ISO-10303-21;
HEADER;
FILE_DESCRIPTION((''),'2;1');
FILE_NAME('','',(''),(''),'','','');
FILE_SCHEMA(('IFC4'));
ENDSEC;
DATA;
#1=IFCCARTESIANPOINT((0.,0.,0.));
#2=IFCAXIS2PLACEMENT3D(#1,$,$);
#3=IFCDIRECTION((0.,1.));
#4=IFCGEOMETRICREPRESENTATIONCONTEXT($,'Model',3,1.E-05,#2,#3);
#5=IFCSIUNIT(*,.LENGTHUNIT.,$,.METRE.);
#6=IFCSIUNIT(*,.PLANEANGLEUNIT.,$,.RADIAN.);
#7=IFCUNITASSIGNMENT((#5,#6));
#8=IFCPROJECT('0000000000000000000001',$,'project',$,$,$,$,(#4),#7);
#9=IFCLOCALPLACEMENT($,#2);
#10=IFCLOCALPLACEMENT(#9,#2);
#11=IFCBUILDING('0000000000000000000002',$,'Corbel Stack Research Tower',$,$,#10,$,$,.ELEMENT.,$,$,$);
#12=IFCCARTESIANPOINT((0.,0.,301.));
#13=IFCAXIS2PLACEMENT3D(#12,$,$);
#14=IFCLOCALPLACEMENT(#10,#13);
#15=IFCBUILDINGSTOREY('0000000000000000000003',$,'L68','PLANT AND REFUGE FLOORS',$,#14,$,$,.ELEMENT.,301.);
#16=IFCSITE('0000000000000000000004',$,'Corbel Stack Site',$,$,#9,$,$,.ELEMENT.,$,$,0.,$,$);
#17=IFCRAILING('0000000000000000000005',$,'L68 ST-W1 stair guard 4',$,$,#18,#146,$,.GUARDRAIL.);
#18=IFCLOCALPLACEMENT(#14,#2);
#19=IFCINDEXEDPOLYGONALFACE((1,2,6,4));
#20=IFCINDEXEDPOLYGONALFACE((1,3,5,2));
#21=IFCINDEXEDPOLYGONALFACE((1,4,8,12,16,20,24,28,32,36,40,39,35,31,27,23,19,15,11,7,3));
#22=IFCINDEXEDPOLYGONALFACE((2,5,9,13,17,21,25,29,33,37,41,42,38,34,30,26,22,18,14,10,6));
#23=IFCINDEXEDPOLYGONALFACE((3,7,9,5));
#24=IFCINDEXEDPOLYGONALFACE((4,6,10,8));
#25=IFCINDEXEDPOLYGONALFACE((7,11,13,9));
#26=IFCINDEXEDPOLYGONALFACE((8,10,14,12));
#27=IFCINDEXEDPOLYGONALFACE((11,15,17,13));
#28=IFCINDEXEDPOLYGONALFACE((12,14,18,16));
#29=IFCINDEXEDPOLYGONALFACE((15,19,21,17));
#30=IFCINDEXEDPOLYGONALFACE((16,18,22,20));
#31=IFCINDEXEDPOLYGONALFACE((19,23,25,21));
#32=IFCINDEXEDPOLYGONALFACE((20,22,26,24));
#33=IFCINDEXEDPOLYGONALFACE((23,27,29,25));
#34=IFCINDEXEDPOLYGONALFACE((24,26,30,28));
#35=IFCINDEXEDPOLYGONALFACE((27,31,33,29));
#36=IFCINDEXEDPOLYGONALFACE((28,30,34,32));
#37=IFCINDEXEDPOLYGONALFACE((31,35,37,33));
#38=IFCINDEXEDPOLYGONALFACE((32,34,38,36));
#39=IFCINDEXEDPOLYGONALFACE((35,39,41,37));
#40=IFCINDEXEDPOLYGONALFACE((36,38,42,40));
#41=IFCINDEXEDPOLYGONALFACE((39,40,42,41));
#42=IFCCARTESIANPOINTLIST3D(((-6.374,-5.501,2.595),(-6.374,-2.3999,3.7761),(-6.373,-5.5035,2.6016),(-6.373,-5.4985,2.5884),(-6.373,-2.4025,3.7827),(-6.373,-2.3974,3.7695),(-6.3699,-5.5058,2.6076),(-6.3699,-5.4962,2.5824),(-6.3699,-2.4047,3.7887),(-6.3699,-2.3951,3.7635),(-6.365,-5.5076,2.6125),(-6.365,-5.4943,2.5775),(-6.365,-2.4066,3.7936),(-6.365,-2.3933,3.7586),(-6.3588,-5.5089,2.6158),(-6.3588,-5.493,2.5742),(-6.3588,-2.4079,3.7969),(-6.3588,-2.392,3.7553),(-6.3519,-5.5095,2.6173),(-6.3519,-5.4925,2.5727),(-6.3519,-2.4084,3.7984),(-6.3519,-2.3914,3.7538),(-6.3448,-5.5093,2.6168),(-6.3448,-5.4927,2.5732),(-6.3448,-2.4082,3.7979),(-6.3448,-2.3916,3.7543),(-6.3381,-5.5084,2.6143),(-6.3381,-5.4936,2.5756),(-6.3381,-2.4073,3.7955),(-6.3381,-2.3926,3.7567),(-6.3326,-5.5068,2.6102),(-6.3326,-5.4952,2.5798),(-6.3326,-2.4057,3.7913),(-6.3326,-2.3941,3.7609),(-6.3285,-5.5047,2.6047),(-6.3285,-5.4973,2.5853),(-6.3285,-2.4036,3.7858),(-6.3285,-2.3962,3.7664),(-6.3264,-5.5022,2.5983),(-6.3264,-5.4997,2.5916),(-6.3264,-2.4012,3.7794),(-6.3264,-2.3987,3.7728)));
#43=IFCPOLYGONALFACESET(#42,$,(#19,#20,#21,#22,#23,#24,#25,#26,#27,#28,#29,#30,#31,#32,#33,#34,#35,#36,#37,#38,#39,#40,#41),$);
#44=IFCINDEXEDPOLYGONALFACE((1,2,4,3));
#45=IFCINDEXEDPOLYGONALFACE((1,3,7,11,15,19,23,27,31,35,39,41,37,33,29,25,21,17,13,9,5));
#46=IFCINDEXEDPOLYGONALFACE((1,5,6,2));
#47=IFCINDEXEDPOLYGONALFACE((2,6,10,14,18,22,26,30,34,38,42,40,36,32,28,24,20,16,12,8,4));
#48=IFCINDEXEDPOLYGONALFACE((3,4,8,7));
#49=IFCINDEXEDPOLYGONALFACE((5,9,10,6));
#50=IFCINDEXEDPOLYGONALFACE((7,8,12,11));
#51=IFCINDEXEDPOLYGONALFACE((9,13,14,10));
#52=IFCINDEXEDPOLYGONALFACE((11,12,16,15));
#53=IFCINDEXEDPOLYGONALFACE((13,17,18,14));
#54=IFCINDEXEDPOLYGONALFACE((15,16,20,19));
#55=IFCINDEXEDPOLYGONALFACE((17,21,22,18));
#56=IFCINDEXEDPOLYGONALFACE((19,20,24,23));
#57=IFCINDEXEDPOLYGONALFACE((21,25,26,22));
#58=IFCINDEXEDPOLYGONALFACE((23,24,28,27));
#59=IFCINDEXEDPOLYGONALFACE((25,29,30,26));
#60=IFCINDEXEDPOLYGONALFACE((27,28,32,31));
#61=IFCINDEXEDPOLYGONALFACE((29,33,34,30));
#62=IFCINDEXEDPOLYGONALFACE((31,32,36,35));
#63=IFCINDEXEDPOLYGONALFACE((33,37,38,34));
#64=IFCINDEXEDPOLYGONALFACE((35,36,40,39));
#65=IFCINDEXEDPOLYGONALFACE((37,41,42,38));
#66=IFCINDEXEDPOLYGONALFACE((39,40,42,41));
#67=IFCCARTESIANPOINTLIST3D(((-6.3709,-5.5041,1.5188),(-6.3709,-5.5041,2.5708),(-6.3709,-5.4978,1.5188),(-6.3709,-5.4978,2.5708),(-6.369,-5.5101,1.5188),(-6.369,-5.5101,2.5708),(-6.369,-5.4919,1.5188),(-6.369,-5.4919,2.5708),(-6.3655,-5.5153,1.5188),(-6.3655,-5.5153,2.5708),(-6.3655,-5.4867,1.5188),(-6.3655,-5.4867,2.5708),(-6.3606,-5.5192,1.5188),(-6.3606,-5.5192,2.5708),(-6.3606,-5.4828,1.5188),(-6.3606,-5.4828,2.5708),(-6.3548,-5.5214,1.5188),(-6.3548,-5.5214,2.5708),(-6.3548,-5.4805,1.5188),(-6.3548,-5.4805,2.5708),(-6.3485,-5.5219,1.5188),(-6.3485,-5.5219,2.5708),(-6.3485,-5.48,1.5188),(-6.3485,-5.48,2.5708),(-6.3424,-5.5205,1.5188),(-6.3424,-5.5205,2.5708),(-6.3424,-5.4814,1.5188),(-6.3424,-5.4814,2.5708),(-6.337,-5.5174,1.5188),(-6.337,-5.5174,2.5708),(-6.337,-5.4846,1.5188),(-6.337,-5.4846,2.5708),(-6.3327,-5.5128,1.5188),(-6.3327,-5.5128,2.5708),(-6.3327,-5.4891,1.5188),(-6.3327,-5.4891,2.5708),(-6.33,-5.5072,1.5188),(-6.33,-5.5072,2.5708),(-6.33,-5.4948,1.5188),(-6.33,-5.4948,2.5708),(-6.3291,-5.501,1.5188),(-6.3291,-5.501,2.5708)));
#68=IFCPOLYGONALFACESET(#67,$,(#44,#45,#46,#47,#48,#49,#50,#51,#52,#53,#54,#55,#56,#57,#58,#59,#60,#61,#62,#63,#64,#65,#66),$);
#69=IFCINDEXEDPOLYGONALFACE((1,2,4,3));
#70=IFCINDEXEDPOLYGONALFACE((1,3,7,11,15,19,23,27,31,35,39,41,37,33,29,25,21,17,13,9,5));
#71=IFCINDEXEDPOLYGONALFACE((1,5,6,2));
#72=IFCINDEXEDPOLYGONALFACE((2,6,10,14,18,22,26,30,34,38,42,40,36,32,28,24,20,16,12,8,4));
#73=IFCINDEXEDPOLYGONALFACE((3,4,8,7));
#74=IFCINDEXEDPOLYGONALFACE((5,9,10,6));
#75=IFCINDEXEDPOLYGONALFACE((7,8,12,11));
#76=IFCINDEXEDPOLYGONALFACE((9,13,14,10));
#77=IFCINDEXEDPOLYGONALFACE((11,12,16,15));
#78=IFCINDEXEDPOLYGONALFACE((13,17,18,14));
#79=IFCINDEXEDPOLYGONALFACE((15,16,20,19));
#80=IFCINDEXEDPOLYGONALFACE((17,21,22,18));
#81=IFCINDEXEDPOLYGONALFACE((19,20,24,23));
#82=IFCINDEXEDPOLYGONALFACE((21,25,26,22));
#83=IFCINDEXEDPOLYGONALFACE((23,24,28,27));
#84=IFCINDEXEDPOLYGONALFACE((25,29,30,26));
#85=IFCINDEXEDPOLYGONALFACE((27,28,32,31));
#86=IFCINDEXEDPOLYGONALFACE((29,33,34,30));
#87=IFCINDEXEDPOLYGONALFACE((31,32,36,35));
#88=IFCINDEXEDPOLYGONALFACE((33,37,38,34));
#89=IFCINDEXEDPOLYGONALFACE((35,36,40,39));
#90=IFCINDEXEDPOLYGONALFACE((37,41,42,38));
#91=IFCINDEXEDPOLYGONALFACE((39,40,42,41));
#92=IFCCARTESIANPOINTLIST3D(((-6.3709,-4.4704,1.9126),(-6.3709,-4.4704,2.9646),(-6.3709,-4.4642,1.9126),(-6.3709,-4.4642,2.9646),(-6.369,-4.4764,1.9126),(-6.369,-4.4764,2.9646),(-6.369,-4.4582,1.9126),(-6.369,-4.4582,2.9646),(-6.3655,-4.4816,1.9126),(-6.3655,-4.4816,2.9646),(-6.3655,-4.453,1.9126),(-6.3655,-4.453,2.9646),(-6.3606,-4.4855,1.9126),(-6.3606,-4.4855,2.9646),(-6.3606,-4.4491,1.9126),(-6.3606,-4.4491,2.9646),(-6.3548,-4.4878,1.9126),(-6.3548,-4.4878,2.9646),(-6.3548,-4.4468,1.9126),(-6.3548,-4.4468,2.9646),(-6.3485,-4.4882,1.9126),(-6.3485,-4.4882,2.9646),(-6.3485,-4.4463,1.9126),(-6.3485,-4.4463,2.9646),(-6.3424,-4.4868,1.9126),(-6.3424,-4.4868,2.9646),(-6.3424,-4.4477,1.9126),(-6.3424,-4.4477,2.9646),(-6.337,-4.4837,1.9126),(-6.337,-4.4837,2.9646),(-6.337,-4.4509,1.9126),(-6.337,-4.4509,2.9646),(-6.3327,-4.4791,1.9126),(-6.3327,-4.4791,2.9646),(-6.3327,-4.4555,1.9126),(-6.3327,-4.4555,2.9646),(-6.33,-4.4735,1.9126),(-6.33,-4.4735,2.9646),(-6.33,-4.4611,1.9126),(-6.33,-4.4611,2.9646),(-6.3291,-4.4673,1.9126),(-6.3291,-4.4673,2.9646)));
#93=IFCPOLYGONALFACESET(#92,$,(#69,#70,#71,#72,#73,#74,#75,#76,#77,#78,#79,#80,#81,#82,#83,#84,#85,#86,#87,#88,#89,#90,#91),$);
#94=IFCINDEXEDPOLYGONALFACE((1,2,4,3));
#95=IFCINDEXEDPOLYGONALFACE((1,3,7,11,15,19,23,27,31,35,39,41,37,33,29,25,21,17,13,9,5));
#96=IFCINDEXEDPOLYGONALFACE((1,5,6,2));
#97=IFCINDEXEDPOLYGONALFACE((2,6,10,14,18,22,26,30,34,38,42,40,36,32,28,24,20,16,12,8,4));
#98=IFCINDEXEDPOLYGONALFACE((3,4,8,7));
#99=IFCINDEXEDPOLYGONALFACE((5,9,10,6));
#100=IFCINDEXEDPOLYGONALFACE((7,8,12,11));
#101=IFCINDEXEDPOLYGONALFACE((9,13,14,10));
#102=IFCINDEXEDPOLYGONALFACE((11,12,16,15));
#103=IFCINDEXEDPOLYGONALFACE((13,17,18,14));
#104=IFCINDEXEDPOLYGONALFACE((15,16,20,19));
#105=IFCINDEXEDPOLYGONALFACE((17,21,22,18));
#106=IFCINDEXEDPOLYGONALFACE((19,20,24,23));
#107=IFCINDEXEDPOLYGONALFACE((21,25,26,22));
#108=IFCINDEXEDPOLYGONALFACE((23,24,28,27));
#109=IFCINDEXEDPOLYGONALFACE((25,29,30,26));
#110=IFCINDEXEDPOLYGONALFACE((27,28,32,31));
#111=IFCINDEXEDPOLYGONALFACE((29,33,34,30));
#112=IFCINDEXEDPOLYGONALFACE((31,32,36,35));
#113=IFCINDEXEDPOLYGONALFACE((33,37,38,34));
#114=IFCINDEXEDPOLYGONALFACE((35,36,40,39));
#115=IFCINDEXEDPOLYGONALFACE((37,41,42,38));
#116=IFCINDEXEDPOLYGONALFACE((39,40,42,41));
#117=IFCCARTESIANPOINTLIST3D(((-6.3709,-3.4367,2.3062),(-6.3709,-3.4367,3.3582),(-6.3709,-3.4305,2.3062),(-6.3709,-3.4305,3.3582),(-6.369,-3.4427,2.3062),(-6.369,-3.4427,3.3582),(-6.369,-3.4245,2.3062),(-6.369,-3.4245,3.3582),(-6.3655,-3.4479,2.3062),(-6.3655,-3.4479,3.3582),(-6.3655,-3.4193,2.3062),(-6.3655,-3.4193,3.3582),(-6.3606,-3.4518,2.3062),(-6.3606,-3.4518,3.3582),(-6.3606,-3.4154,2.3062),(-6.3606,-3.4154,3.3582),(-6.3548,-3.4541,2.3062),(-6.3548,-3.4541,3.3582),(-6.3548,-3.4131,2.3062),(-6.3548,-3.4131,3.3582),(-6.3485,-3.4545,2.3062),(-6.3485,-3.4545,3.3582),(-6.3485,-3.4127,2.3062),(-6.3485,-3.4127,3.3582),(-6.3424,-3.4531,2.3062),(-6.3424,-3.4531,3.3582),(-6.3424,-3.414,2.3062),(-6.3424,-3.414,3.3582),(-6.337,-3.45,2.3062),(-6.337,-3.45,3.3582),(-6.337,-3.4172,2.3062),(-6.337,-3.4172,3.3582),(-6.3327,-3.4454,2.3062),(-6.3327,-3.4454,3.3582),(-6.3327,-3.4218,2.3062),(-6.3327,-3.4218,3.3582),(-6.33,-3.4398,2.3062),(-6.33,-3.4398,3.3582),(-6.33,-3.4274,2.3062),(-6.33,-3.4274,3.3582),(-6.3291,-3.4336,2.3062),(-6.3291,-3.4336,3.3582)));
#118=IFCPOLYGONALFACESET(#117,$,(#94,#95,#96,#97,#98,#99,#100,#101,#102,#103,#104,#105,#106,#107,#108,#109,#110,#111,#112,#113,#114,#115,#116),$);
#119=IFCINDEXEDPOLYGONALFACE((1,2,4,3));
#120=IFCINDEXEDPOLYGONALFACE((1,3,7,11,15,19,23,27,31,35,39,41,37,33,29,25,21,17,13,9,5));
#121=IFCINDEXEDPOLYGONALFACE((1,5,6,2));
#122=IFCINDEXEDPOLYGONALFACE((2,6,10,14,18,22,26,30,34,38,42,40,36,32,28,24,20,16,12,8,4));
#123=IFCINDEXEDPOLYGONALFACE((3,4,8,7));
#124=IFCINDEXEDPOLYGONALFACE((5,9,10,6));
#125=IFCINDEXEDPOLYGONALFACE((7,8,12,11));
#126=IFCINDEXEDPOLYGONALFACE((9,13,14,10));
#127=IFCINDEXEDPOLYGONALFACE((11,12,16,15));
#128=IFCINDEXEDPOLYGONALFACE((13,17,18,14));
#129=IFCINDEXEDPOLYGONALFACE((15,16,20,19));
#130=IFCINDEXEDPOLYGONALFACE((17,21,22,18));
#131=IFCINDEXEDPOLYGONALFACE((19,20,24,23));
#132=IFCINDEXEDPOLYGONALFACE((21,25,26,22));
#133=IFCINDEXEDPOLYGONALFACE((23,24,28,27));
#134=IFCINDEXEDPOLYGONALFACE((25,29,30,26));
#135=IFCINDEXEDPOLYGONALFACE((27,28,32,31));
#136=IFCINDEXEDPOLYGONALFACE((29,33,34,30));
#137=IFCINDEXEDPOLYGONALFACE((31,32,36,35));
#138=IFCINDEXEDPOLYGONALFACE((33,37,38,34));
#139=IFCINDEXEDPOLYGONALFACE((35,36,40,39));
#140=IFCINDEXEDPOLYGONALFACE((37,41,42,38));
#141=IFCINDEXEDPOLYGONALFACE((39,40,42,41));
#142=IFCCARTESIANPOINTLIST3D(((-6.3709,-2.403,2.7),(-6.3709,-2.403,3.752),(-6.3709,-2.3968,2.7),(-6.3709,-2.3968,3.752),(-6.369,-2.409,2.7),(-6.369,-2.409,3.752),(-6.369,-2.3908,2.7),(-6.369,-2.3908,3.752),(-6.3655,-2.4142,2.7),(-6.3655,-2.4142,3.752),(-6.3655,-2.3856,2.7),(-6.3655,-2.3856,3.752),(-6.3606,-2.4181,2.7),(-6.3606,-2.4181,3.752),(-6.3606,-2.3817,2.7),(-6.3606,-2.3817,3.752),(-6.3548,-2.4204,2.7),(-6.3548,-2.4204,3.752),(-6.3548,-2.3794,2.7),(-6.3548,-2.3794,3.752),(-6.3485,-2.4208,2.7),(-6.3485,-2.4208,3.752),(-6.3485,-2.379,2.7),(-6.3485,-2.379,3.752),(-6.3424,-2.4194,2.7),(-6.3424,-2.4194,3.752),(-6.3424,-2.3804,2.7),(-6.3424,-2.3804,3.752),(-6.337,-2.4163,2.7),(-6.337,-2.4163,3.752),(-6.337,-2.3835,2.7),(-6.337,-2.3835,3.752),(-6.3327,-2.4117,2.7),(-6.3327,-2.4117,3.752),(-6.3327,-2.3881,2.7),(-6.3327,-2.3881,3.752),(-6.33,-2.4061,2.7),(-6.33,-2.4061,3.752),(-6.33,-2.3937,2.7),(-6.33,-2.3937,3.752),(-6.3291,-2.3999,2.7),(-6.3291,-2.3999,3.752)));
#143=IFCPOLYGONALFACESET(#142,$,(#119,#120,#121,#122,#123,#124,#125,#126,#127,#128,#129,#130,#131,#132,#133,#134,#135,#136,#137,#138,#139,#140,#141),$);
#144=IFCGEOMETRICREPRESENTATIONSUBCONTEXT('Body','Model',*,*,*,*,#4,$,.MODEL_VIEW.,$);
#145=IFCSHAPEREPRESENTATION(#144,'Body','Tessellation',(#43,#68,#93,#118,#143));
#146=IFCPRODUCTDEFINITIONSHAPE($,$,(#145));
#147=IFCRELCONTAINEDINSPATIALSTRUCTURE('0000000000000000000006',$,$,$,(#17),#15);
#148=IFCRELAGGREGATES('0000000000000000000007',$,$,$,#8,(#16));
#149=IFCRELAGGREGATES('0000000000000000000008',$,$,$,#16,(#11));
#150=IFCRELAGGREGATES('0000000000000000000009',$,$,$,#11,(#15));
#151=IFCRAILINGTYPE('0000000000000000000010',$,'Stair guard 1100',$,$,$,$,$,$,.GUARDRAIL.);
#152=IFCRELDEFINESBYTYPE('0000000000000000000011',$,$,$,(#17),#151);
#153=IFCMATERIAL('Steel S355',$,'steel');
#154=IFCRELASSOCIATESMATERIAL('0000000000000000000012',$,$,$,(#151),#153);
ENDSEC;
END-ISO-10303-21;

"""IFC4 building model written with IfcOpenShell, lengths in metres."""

from ifc_helpers import new_model, si_unit, direction, frame, origin, origin_2d, place, context, subcontext, project, spatial, circle, extrude, material, type_object, element, save


model = new_model("IFC4")

# Units and contexts
model_context = context("Model", 3, precision=1e-05, world=origin(), true_north=direction((0.0, 1.0)))
body_context = subcontext(model_context, "Body", "Model", "MODEL_VIEW")
ifc_project = project(units=[si_unit("LENGTHUNIT", "METRE"), si_unit("PLANEANGLEUNIT", "RADIAN")], contexts=[model_context])

# Site, building, storey
site_placement = place(None, origin())
site = spatial("IfcSite", under=ifc_project, at=site_placement, Name="Corbel Stack Site", CompositionType="ELEMENT", RefElevation=0.0)
building_placement = place(site_placement, origin())
building = spatial("IfcBuilding", under=site, at=building_placement, Name="Corbel Stack Research Tower", CompositionType="ELEMENT")
storey_placement = place(building_placement, frame((0.0, 0.0, 301.0)))
storey = spatial("IfcBuildingStorey", under=building, at=storey_placement, Name="L68", Description="PLANT AND REFUGE FLOORS", CompositionType="ELEMENT", Elevation=301.0)

# Railing
ifc_material_1 = material(Name="Steel S355", Category="steel")
railing_type = type_object("IfcRailingType", Name="Stair guard 1100", PredefinedType="GUARDRAIL", material=ifc_material_1)
railing_1_placement = place(storey_placement, frame((-6.3501, -5.501, 1.5188)))
element("IfcRailing", 1, at=railing_1_placement, inside=storey, type_object=railing_type, Name="L68 ST-W1 stair guard 4", PredefinedType="GUARDRAIL", context=body_context, shape_type="SweptSolid", body=[
    extrude(circle(Radius=0.0239, at=origin_2d()), frame((0.0, 0.0, 1.0762), z_axis=(0.0, 0.934509, 0.35594), x_axis=(-1.0, 0.0, 0.0)), (0.0, 0.0, 1.0), 3.3184),
    extrude(circle(Radius=0.021, at=origin_2d()), origin(), (0.0, 0.0, 1.0), 1.052),
    extrude(circle(Radius=0.021, at=origin_2d()), frame((0.0, 1.0337, 0.3938)), (0.0, 0.0, 1.0), 1.052),
    extrude(circle(Radius=0.021, at=origin_2d()), frame((0.0, 2.0674, 0.7874)), (0.0, 0.0, 1.0), 1.052),
    extrude(circle(Radius=0.021, at=origin_2d()), frame((0.0, 3.1011, 1.1812)), (0.0, 0.0, 1.0), 1.052),
])

save(model, "model.ifc")
